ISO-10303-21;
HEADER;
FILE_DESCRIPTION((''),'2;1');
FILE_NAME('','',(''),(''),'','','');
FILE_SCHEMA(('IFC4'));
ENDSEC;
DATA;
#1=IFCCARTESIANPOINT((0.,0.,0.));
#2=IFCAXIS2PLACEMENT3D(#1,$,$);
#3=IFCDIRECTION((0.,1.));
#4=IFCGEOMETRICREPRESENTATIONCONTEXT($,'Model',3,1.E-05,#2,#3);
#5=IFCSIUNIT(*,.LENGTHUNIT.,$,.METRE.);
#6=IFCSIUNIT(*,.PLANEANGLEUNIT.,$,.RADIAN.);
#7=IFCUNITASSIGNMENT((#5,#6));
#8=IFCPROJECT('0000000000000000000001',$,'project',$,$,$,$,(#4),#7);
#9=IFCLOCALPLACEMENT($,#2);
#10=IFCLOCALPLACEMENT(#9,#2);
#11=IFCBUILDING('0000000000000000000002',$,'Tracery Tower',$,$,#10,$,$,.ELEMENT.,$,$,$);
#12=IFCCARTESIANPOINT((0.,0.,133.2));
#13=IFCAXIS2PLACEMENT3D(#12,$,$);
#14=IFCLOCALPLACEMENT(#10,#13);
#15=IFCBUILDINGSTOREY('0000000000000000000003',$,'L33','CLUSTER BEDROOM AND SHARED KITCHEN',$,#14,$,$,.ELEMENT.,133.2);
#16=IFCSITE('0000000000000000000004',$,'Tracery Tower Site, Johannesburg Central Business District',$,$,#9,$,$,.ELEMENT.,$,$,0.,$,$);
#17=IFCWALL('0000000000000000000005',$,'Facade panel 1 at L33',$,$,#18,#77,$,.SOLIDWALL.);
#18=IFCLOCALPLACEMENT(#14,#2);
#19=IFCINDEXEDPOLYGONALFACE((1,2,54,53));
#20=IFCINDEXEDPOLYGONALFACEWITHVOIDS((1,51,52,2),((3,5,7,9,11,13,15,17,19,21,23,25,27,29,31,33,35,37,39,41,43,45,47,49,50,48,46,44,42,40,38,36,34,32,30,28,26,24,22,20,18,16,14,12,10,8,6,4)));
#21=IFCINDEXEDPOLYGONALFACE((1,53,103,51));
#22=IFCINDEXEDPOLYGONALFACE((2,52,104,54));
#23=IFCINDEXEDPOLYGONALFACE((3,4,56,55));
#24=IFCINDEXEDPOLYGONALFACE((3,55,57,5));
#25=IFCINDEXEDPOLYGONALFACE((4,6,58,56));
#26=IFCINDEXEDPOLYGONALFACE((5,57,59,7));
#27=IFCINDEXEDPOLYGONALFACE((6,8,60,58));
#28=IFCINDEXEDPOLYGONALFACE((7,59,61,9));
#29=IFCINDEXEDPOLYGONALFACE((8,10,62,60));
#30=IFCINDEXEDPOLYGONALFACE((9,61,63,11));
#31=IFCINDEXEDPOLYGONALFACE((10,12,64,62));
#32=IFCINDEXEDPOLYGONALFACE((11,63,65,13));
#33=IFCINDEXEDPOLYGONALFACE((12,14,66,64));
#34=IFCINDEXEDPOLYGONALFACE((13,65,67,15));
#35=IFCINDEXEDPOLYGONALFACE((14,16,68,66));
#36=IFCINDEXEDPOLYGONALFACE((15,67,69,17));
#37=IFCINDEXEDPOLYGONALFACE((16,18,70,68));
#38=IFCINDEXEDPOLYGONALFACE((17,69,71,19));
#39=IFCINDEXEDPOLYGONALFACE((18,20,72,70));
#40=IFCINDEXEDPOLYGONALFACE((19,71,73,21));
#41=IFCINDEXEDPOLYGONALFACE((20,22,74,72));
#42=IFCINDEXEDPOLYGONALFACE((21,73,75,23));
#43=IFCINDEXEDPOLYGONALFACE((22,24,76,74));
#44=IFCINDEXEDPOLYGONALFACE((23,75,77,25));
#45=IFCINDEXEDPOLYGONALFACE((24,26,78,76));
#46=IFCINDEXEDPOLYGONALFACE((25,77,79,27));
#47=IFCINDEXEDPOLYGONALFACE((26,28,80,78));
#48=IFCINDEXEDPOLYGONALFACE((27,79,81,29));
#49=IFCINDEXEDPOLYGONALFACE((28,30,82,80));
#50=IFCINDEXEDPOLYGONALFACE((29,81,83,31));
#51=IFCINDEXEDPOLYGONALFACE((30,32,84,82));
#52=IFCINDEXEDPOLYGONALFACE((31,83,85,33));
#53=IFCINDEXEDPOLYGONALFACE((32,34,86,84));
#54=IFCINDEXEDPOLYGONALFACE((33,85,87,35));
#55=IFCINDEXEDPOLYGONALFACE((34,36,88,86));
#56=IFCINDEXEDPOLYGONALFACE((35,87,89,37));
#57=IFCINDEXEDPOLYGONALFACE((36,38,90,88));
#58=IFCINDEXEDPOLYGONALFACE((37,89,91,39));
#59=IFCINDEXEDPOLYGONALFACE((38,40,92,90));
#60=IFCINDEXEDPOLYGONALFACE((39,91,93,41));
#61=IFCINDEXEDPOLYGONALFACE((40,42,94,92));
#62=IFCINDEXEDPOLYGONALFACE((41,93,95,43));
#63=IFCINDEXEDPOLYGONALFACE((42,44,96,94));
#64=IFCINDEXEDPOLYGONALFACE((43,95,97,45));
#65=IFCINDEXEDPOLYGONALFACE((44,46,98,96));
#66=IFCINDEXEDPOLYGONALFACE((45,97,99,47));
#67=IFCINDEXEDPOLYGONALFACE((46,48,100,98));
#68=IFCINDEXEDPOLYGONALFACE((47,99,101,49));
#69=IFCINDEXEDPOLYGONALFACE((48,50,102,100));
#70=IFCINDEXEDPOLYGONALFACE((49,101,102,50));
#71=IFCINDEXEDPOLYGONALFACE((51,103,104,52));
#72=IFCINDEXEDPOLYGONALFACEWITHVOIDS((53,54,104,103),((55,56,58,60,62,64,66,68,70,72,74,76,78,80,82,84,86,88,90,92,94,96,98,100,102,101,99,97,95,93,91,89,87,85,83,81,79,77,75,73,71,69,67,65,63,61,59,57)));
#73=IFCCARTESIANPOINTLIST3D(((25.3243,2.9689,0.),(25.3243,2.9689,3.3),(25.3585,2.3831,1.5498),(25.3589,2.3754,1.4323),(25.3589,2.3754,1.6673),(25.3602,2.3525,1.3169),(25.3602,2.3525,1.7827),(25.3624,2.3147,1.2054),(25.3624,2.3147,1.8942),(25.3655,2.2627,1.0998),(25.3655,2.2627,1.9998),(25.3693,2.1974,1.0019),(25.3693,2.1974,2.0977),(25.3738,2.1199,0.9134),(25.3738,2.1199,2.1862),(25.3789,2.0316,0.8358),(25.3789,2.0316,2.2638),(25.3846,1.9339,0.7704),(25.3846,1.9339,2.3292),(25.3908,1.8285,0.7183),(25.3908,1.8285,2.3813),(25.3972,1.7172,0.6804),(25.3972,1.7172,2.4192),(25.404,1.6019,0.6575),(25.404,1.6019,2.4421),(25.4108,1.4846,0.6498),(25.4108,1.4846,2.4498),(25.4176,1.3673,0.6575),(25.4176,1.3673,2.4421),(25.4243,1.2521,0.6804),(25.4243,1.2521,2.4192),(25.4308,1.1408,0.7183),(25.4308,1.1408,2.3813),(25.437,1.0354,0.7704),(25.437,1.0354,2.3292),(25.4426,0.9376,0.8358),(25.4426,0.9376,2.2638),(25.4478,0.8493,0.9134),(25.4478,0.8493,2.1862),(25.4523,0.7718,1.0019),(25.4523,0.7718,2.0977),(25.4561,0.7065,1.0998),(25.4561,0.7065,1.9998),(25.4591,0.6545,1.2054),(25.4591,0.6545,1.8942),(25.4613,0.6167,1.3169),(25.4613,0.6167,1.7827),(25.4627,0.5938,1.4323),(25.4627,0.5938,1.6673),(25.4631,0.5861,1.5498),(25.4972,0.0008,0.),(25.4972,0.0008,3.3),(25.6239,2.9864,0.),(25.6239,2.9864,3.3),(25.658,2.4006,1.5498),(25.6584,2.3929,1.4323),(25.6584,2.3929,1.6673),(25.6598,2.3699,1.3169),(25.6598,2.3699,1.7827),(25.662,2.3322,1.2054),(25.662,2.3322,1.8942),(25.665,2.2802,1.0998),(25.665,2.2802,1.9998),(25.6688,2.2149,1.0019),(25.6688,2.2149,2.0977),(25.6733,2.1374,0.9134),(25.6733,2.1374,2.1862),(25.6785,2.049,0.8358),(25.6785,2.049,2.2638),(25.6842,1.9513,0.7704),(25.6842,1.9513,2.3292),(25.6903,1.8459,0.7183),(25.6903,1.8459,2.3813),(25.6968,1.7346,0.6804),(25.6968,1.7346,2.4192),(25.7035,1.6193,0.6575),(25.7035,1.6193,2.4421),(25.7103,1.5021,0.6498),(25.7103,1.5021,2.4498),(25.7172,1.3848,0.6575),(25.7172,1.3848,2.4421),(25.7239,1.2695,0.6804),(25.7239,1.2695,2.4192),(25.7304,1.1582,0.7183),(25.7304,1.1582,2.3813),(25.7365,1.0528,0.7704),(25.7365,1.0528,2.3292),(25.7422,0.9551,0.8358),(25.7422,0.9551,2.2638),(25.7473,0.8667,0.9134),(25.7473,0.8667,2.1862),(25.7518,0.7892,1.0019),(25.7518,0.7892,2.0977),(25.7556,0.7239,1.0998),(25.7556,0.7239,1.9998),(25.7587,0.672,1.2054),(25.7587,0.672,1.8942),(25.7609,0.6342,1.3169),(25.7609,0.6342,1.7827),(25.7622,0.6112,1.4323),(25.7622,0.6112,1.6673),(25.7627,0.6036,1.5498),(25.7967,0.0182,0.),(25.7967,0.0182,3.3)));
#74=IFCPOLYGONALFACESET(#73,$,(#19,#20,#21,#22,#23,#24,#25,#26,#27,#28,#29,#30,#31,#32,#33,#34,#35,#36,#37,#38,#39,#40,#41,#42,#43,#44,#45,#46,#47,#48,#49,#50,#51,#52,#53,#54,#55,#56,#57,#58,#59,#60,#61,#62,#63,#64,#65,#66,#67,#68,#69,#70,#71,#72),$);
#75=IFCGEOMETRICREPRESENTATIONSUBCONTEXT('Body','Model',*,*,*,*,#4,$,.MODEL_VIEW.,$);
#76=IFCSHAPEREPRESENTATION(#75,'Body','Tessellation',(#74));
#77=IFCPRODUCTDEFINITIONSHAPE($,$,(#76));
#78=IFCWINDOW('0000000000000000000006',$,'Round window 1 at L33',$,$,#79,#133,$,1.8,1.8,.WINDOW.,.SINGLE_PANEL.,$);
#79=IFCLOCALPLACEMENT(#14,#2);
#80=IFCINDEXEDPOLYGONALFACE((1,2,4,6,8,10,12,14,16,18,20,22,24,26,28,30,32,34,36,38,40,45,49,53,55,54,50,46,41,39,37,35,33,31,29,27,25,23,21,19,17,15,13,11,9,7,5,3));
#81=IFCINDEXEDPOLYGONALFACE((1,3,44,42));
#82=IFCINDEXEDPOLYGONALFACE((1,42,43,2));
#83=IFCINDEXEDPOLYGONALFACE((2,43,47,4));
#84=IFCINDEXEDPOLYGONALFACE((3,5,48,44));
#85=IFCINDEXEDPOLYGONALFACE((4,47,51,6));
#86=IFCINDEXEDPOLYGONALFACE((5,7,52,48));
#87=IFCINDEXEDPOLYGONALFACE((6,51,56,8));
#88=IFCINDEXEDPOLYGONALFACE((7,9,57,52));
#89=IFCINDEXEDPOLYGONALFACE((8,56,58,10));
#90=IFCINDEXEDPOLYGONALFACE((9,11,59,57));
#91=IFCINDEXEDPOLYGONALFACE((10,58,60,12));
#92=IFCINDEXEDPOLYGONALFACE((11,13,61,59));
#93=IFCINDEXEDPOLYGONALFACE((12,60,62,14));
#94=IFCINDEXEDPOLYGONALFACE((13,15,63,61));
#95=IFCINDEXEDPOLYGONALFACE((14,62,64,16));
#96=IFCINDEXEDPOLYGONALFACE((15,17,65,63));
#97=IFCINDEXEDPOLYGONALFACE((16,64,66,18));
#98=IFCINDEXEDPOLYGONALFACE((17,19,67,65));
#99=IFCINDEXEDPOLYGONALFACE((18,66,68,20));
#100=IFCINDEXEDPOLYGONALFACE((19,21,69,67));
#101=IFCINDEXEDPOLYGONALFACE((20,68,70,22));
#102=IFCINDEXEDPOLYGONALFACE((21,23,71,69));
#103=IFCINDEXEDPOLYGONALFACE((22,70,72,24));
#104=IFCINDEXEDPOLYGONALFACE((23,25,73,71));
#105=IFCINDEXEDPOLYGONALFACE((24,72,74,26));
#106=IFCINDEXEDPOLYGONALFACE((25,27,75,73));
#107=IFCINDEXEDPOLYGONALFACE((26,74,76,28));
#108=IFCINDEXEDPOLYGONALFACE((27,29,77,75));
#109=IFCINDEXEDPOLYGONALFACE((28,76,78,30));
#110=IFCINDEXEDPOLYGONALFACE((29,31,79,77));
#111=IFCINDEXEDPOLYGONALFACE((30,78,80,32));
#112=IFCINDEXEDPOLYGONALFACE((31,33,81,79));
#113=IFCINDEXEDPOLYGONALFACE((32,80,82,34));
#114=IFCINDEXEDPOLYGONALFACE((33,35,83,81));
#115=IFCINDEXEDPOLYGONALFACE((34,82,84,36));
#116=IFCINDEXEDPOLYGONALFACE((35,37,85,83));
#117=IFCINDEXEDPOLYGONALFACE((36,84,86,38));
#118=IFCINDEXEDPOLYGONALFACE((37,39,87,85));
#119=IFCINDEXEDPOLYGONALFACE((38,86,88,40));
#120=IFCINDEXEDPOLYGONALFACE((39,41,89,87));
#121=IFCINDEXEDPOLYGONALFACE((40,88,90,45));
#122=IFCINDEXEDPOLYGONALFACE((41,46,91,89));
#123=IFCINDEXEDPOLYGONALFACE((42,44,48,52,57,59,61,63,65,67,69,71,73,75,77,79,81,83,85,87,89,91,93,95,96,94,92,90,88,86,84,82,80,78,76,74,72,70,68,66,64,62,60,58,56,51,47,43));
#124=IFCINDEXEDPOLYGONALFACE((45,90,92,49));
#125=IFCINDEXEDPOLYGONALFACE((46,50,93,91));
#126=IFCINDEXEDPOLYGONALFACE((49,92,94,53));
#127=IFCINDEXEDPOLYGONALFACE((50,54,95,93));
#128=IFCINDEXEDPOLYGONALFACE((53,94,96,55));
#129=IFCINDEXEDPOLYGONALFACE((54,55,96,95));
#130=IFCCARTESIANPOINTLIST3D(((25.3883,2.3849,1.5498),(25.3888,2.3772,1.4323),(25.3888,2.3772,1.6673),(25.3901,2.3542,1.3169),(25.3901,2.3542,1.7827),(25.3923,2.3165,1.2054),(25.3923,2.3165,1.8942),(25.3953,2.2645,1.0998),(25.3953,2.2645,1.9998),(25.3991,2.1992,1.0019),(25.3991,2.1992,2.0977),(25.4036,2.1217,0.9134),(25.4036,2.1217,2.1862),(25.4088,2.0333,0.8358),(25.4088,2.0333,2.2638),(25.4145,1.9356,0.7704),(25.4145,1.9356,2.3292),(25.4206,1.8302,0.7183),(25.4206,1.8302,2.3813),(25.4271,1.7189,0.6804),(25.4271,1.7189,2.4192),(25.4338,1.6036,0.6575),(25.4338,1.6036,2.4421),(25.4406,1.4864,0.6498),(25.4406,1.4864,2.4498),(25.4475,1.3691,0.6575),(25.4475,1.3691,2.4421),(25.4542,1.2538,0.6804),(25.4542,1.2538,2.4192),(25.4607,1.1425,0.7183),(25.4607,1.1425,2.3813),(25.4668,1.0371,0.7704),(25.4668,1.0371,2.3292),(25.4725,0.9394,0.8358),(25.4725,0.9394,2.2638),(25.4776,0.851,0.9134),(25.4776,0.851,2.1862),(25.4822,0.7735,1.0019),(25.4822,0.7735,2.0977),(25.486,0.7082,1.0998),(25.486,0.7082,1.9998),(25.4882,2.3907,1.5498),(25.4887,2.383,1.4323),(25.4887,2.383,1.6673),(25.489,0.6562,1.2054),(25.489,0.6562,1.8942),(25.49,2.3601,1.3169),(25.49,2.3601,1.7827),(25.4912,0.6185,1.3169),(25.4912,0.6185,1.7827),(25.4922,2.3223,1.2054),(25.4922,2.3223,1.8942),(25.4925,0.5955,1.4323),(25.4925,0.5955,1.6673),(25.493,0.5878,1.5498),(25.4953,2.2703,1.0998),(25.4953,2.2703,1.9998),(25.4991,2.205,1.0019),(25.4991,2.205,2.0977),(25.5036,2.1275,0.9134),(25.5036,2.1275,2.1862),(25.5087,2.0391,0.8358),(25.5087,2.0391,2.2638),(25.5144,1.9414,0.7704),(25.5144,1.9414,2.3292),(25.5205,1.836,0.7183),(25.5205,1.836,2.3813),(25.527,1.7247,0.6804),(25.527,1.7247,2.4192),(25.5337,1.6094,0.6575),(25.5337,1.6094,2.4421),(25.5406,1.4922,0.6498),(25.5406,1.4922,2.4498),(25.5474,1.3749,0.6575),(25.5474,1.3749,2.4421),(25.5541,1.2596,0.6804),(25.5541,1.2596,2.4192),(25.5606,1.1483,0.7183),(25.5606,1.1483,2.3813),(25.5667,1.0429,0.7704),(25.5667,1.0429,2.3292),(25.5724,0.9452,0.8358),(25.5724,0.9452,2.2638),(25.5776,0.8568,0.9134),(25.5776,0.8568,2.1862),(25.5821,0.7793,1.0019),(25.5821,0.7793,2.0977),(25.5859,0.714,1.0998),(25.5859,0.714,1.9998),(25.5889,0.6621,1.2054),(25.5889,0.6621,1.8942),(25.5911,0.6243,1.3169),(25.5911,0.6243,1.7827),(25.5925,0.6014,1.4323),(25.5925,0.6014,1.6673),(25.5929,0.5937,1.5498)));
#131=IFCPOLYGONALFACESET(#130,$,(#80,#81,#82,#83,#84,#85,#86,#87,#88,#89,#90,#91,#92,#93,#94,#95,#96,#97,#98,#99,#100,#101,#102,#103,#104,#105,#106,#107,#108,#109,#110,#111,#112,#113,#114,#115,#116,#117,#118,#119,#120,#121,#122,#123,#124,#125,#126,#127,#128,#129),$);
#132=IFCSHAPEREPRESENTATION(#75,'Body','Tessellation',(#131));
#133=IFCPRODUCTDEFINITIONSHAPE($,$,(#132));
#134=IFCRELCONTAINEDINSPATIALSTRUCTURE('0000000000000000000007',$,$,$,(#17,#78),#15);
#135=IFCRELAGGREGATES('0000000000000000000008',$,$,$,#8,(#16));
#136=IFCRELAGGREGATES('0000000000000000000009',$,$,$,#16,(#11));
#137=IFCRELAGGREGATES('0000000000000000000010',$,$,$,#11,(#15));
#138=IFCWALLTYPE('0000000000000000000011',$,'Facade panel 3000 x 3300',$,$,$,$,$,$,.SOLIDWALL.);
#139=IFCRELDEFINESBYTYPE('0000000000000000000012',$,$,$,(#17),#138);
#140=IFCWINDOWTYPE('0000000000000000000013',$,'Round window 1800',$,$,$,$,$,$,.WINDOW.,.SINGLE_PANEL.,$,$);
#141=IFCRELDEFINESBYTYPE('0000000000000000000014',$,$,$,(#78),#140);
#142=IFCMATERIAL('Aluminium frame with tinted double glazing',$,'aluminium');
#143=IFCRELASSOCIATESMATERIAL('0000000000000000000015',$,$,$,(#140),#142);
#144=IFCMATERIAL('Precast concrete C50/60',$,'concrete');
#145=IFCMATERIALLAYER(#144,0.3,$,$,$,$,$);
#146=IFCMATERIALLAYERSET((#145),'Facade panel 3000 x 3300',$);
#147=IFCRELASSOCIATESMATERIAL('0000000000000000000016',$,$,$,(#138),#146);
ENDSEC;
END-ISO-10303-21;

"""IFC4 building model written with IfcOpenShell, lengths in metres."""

from ifc_helpers import new_model, si_unit, direction, frame, frame_2d, origin, origin_2d, place, context, subcontext, project, spatial, rectangle, circle, extrude, material, layer, layer_set, type_object, element, fill, save


model = new_model("IFC4")

# Units and contexts
model_context = context("Model", 3, precision=1e-05, world=origin(), true_north=direction((0.0, 1.0)))
body_context = subcontext(model_context, "Body", "Model", "MODEL_VIEW")
ifc_project = project(units=[si_unit("LENGTHUNIT", "METRE"), si_unit("PLANEANGLEUNIT", "RADIAN")], contexts=[model_context])

# Site, building, storey
site_placement = place(None, origin())
site = spatial("IfcSite", under=ifc_project, at=site_placement, Name="Tracery Tower Site, Johannesburg Central Business District", CompositionType="ELEMENT", RefElevation=0.0)
building_placement = place(site_placement, origin())
building = spatial("IfcBuilding", under=site, at=building_placement, Name="Tracery Tower", CompositionType="ELEMENT")
storey_placement = place(building_placement, frame((0.0, 0.0, 133.2)))
storey = spatial("IfcBuildingStorey", under=building, at=storey_placement, Name="L33", Description="CLUSTER BEDROOM AND SHARED KITCHEN", CompositionType="ELEMENT", Elevation=133.2)

# Wall, opening, window
ifc_material_1 = material(Name="Aluminium frame with tinted double glazing", Category="aluminium")
window_type = type_object("IfcWindowType", Name="Round window 1800", PartitioningType="SINGLE_PANEL", PredefinedType="WINDOW", material=ifc_material_1)
ifc_material_2 = material(Name="Precast concrete C50/60", Category="concrete")
ifc_layer_1 = layer(ifc_material_2, 0.3)
ifc_layer_set_1 = layer_set([ifc_layer_1], Name="Facade panel 3000 x 3300")
wall_type_1 = type_object("IfcWallType", Name="Facade panel 3000 x 3300", PredefinedType="SOLIDWALL", material=ifc_layer_set_1)
wall_1_placement = place(storey_placement, frame((25.647, 0.0095, 0.0), z_axis=(0.0, 0.0, 1.0), x_axis=(-0.05814, 0.998308, 0.0)))
wall_1 = element("IfcWall", 1, at=wall_1_placement, inside=storey, type_object=wall_type_1, Name="Facade panel 1 at L33", PredefinedType="SOLIDWALL", context=body_context, shape_type="SweptSolid", body=[
    extrude(rectangle(XDim=2.9731, YDim=0.3, at=frame_2d((1.4866, 0.0))), origin(), (0.0, 0.0, 1.0), 3.3),
])
opening_1_placement = place(wall_1_placement, frame((1.4863, 0.0, 1.5498)))
opening_1 = element("IfcOpeningElement", 2, at=opening_1_placement, cuts=wall_1, PredefinedType="OPENING", context=body_context, shape_type="SweptSolid", body=[
    extrude(circle(Radius=0.9, at=origin_2d()), frame((0.0, 0.1599, 0.0), z_axis=(0.0, -1.0, 0.0), x_axis=(1.0, 0.0, 0.0)), (0.0, 0.0, 1.0), 0.3201),
])
window_1_placement = place(opening_1_placement, origin())
window_1 = element("IfcWindow", 3, at=window_1_placement, inside=storey, type_object=window_type, Name="Round window 1 at L33", OverallHeight=1.8, OverallWidth=1.8, PartitioningType="SINGLE_PANEL", PredefinedType="WINDOW", context=body_context, shape_type="SweptSolid", body=[
    extrude(circle(Radius=0.9, at=origin_2d()), frame((0.0, 0.1201, 0.0), z_axis=(0.0, -1.0, 0.0), x_axis=(1.0, 0.0, 0.0)), (0.0, 0.0, 1.0), 0.1001),
])
fill(opening_1, window_1)

save(model, "model.ifc")
